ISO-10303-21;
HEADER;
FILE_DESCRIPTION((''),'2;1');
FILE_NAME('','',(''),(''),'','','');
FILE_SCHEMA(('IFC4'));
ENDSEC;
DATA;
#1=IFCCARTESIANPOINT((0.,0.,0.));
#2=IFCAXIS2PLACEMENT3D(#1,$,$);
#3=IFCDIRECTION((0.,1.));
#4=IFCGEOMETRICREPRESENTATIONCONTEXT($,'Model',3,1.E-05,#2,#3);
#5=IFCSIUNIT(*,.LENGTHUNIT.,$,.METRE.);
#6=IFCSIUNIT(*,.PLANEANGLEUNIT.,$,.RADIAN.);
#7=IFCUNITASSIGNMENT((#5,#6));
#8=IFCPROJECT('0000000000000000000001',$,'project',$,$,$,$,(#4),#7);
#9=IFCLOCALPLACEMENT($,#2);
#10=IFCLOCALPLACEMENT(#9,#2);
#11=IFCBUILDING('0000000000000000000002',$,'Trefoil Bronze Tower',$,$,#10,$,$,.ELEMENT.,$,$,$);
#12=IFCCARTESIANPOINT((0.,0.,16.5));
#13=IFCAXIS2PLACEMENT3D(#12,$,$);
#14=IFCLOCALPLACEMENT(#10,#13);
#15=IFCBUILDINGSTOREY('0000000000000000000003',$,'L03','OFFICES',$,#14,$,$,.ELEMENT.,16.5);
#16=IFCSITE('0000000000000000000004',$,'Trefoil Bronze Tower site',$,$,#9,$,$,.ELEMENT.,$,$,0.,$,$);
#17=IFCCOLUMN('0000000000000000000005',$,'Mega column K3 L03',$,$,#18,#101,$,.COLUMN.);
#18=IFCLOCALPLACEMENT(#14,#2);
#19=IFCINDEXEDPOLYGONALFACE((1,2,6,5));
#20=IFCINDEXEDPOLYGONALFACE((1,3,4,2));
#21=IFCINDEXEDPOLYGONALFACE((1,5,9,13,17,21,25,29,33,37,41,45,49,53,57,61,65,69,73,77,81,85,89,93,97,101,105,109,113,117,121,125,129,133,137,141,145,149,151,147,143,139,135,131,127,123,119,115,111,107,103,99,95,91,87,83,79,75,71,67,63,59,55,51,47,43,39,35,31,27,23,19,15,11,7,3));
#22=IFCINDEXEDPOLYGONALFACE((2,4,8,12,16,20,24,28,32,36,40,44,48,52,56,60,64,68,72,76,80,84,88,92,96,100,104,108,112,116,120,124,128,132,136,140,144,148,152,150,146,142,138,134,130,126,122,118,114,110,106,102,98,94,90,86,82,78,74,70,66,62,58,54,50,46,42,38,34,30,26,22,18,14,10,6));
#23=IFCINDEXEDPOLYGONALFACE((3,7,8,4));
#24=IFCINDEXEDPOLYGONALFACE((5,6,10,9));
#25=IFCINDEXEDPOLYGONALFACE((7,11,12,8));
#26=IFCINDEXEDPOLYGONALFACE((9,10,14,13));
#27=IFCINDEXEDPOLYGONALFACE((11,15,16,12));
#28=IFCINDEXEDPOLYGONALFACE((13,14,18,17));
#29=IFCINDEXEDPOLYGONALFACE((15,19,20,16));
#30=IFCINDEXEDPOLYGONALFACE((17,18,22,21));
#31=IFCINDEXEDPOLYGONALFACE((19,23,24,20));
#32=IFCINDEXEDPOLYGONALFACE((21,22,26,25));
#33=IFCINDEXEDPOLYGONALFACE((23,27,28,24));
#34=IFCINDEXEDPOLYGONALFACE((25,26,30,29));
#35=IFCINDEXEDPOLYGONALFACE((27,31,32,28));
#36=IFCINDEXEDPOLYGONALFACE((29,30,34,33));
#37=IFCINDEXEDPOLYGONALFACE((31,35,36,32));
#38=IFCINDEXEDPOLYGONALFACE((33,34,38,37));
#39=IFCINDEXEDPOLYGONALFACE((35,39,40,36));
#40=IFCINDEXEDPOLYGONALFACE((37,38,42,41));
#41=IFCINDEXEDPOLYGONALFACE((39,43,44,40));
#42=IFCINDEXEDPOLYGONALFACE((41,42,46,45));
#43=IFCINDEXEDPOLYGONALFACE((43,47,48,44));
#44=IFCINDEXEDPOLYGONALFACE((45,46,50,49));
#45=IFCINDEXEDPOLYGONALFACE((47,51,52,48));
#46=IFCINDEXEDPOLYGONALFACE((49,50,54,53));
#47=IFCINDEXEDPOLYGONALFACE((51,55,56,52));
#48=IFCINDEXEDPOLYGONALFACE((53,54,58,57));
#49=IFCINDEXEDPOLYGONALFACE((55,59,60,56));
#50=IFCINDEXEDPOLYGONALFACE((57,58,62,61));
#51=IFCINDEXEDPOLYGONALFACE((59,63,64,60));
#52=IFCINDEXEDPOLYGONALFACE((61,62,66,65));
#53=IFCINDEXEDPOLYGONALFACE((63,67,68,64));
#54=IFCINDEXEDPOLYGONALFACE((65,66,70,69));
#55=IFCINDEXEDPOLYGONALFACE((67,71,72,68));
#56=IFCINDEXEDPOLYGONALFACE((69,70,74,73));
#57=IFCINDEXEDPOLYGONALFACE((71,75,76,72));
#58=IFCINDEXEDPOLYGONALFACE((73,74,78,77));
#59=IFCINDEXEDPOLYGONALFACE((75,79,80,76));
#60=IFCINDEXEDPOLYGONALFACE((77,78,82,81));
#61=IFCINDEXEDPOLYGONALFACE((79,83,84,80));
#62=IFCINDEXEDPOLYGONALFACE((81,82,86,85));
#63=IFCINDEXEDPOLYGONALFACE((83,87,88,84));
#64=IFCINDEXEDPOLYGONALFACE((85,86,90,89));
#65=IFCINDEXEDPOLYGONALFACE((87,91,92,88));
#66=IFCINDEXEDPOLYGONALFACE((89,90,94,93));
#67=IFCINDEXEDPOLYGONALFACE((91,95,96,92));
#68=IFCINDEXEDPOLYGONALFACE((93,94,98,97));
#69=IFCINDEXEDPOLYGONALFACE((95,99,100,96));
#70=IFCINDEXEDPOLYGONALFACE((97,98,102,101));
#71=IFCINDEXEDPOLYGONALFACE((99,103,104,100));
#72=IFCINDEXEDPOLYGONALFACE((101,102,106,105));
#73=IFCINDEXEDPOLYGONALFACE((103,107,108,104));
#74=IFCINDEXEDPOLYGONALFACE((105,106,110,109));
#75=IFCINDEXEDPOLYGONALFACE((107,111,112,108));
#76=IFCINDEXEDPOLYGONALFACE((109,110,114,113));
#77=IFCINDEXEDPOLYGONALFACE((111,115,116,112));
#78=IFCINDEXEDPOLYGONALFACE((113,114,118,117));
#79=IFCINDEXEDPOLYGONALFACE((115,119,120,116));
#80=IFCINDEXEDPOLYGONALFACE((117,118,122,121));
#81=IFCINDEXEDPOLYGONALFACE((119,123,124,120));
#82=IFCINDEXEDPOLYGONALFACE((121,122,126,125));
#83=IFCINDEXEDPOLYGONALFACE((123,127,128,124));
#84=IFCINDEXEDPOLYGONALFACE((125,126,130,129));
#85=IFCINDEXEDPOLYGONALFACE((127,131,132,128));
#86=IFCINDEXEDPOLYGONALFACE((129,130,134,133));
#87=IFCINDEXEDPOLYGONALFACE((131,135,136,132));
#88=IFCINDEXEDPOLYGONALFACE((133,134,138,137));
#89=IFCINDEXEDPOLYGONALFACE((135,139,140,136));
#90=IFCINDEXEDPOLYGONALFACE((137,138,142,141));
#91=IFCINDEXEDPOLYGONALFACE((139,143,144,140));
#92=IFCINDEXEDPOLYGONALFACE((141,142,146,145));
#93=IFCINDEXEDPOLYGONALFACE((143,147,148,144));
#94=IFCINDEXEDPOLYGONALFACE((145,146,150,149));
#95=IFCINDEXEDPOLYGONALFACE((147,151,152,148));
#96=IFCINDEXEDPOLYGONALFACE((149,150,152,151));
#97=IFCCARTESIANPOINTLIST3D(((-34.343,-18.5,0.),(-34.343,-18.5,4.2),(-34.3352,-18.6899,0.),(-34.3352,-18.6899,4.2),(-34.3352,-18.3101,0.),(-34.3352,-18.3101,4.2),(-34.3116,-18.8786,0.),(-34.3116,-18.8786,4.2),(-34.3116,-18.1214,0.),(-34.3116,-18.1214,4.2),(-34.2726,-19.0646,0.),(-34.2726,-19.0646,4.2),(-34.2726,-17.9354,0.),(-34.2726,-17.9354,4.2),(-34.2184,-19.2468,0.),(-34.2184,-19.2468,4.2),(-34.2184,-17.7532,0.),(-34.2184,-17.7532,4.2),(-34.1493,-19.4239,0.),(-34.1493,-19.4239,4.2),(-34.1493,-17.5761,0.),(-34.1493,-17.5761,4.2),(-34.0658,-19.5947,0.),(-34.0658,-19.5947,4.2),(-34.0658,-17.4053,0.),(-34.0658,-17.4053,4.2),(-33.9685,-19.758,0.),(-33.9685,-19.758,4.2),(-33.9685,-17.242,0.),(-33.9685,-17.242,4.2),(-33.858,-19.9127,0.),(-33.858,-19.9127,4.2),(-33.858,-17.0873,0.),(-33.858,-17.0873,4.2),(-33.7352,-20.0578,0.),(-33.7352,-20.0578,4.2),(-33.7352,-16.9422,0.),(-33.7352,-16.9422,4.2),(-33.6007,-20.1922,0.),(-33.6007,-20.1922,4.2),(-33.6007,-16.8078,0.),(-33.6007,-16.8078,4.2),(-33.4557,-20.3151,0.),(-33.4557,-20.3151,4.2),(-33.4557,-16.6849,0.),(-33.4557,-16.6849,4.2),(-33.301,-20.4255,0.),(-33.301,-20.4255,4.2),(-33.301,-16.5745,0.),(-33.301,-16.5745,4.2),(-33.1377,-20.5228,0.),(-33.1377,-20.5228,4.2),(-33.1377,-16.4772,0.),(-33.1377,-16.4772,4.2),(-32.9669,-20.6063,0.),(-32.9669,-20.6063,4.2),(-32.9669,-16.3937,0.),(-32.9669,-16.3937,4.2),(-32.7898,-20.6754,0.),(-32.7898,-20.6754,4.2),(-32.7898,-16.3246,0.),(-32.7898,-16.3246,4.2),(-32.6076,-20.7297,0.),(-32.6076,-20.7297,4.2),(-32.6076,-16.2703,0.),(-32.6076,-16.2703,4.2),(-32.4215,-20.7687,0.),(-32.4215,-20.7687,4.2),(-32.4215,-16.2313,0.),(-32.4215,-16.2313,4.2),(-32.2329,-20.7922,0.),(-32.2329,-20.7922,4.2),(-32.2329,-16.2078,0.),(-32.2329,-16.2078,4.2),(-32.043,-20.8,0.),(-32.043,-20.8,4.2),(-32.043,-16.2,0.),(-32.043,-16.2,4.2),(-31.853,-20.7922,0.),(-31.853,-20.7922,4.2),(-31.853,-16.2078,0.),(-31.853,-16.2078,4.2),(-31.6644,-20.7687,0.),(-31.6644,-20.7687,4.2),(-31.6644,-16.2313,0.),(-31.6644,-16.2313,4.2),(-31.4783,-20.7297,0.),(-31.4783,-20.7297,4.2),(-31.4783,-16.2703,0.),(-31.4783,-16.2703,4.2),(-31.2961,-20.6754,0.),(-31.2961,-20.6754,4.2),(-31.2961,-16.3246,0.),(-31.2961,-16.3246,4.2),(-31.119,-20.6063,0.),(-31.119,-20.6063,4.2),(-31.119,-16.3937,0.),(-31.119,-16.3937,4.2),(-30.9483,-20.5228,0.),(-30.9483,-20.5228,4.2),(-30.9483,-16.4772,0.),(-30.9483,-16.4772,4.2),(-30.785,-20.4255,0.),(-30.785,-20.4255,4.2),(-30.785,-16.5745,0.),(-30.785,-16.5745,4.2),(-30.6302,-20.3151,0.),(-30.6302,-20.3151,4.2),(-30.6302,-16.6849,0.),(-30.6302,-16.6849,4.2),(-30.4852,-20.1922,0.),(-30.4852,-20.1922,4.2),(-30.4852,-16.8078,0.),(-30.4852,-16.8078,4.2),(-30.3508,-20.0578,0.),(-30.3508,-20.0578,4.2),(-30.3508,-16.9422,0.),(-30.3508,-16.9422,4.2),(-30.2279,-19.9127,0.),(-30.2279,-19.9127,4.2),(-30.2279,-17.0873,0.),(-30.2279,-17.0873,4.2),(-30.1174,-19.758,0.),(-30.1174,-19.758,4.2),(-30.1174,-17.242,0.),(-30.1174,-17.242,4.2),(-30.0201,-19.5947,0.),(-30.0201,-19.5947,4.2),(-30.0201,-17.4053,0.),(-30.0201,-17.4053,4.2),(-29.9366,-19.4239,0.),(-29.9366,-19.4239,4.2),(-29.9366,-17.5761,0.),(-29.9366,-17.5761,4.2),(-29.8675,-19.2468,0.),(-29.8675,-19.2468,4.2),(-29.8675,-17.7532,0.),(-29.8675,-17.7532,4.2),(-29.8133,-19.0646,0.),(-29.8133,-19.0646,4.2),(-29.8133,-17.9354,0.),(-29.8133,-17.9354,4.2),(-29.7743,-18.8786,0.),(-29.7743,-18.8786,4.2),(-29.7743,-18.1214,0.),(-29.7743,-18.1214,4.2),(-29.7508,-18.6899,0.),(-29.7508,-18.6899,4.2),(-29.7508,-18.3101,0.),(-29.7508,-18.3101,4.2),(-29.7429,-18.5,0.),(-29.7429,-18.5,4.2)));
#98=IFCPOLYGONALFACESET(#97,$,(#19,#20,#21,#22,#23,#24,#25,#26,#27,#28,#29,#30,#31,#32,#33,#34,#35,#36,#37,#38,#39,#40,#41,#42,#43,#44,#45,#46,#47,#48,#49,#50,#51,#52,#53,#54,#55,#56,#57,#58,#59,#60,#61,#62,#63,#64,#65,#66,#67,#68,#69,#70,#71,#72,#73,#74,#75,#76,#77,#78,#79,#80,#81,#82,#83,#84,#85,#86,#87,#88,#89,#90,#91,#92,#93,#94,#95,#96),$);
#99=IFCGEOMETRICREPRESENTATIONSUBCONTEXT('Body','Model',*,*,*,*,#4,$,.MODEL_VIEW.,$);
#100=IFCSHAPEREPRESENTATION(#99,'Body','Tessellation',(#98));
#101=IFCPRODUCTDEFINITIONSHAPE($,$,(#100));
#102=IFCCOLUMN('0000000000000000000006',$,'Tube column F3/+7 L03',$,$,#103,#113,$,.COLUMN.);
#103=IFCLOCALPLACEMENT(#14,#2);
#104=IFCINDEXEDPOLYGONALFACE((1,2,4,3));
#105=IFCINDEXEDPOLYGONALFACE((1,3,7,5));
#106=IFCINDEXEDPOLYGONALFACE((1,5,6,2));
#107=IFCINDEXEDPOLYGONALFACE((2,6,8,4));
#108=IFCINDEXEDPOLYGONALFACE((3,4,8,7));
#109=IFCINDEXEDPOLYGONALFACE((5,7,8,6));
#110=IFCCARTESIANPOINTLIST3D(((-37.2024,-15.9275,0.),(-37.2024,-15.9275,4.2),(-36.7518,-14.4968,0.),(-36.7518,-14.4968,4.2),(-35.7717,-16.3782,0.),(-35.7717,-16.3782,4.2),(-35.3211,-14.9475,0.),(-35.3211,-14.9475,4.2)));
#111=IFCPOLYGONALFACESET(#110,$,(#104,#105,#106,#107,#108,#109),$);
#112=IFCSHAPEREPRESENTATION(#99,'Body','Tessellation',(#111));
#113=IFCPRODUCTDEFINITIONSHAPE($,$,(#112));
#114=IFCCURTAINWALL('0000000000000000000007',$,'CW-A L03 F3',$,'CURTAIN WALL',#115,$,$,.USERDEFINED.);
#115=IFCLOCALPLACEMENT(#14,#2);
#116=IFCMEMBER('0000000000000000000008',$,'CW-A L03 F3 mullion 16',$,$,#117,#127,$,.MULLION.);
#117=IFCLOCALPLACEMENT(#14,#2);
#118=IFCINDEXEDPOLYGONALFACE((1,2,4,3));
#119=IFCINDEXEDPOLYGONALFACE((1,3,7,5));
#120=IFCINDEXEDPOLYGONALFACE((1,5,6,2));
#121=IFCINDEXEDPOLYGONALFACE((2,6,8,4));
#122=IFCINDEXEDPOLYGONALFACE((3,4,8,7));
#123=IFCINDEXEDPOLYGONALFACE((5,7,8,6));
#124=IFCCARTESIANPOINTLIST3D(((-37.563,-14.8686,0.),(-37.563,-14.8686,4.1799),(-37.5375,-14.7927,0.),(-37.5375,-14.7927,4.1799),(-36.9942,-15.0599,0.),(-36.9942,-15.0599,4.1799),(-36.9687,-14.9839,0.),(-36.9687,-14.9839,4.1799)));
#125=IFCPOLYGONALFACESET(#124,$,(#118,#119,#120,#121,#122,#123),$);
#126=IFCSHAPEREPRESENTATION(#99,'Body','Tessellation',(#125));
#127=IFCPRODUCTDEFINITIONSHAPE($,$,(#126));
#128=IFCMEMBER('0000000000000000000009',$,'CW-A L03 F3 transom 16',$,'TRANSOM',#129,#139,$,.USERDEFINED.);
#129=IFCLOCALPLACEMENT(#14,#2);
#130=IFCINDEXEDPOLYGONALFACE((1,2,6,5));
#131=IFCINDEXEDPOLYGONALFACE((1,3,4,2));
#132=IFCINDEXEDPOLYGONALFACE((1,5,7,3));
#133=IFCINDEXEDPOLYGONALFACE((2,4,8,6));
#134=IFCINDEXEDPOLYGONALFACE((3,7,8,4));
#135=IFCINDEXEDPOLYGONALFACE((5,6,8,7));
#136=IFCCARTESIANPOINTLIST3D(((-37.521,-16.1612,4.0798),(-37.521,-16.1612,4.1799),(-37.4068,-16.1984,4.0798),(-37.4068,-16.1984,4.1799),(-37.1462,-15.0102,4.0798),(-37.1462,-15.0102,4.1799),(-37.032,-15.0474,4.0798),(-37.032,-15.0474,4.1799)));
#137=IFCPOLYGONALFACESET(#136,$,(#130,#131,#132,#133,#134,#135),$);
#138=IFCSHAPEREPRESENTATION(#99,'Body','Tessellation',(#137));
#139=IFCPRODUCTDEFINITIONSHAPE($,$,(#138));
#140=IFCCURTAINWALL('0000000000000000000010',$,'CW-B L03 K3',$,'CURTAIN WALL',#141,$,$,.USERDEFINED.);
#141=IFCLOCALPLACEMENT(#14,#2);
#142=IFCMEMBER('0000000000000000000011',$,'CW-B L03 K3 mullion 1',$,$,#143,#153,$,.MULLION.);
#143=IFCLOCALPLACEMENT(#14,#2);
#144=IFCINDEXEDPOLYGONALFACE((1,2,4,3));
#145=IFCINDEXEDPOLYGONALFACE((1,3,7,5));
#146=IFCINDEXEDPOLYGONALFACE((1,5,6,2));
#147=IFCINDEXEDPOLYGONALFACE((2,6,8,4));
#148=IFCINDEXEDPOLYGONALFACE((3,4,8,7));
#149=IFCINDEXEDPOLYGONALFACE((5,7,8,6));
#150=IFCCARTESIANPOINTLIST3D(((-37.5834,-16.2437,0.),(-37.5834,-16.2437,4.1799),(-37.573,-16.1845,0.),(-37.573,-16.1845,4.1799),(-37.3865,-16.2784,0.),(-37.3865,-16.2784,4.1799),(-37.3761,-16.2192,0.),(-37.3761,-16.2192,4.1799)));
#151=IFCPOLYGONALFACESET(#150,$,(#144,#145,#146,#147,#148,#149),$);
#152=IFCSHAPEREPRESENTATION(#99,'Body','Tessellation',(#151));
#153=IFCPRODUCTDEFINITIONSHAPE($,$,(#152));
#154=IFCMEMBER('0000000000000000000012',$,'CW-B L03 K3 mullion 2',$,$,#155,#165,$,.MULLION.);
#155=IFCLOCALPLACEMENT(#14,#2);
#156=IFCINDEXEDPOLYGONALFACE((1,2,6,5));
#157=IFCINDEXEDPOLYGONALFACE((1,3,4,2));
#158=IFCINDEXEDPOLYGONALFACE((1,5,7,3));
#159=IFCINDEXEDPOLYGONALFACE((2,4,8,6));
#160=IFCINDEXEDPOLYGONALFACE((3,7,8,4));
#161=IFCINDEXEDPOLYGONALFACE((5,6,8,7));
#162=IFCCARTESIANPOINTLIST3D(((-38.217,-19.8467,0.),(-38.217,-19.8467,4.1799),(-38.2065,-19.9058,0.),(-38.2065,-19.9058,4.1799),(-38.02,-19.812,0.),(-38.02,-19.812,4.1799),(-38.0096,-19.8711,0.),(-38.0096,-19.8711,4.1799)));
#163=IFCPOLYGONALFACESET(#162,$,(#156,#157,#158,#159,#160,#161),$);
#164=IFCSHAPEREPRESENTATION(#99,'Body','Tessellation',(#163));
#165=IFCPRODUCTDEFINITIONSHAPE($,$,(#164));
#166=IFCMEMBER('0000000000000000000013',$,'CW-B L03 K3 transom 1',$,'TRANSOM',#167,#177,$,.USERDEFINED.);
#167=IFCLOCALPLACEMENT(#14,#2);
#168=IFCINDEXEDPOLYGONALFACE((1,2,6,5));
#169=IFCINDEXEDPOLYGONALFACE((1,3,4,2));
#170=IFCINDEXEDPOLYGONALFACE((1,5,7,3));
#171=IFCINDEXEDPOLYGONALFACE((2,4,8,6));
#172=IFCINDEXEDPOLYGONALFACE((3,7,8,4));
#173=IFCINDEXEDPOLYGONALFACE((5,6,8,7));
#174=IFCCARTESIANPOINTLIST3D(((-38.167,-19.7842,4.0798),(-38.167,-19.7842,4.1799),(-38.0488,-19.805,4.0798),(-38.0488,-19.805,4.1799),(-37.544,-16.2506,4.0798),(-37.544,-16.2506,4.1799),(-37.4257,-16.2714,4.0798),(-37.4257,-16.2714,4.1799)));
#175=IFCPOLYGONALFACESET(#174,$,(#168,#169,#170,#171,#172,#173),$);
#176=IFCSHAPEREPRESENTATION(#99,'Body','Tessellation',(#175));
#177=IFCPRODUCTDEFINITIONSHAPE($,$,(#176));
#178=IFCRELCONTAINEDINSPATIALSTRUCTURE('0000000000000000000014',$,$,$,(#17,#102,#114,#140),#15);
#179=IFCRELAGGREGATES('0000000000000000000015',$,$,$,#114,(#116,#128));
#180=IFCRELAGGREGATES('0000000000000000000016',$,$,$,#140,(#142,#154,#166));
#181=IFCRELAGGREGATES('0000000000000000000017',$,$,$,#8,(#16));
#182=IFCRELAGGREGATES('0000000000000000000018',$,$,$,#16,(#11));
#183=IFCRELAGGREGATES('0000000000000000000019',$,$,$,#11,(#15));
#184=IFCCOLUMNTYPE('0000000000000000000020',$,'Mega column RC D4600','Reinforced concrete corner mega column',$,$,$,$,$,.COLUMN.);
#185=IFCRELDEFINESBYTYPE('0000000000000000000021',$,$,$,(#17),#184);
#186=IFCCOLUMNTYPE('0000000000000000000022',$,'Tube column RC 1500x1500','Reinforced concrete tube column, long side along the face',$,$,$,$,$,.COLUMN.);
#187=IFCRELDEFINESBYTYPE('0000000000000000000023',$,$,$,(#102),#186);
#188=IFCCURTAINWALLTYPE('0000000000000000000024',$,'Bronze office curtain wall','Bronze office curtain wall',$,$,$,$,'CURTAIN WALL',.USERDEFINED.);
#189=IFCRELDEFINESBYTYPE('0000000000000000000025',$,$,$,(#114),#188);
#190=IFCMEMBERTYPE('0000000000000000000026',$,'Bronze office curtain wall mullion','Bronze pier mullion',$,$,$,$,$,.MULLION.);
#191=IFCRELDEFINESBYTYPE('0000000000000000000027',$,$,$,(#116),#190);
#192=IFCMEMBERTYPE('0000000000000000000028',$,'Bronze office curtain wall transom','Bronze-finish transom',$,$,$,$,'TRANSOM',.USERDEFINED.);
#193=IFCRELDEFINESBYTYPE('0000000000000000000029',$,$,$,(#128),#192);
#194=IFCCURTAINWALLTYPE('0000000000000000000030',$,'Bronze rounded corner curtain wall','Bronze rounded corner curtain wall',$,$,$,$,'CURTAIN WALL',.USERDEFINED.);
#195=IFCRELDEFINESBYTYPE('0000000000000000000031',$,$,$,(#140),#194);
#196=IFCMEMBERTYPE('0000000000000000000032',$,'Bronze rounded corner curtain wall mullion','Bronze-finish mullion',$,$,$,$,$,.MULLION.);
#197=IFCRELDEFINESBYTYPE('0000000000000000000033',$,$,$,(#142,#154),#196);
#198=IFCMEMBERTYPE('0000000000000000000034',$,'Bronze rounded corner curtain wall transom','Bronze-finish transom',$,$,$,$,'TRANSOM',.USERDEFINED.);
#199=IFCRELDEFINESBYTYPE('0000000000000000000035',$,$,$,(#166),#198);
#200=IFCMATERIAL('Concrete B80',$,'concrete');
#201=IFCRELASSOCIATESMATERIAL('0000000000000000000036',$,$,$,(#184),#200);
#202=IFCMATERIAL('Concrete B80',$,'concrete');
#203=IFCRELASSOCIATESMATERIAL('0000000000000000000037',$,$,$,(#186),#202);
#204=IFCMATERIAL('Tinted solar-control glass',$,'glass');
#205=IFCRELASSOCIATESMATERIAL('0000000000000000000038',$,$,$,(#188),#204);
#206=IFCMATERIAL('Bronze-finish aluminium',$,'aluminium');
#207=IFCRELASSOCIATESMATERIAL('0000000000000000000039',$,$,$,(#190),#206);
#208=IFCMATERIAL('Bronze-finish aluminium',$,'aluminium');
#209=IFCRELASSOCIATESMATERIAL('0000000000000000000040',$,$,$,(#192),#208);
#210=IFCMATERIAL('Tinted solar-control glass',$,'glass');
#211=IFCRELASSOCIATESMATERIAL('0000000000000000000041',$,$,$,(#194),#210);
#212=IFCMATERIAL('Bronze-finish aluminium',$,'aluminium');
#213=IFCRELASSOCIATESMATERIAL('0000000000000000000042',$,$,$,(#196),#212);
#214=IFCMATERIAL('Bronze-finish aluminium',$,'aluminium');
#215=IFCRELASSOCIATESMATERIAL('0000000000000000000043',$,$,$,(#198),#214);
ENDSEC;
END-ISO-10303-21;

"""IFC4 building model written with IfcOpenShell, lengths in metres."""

from ifc_helpers import new_model, si_unit, direction, frame, origin, origin_2d, place, context, subcontext, project, spatial, rectangle, circle, extrude, material, material_profile, profile_set, type_object, element, aggregate, save


model = new_model("IFC4")

# Units and contexts
model_context = context("Model", 3, precision=1e-05, world=origin(), true_north=direction((0.0, 1.0)))
body_context = subcontext(model_context, "Body", "Model", "MODEL_VIEW")
ifc_project = project(units=[si_unit("LENGTHUNIT", "METRE"), si_unit("PLANEANGLEUNIT", "RADIAN")], contexts=[model_context])

# Site, building, storey
site_placement = place(None, origin())
site = spatial("IfcSite", under=ifc_project, at=site_placement, Name="Trefoil Bronze Tower site", CompositionType="ELEMENT", RefElevation=0.0)
building_placement = place(site_placement, origin())
building = spatial("IfcBuilding", under=site, at=building_placement, Name="Trefoil Bronze Tower", CompositionType="ELEMENT")
storey_placement = place(building_placement, frame((0.0, 0.0, 16.5)))
storey = spatial("IfcBuildingStorey", under=building, at=storey_placement, Name="L03", Description="OFFICES", CompositionType="ELEMENT", Elevation=16.5)

# Columns
ifc_material_1 = material(Name="Concrete B80", Category="concrete")
ifc_material_profile_1 = material_profile(ifc_material_1, circle(Radius=2.3, at=origin_2d()), Name="RC D4600")
ifc_profile_set_1 = profile_set([ifc_material_profile_1], Name="Concrete B80")
column_type_1 = type_object("IfcColumnType", Name="Mega column RC D4600", Description="Reinforced concrete corner mega column", PredefinedType="COLUMN", material=ifc_profile_set_1)
column_1_placement = place(storey_placement, frame((-32.043, -18.5, 0.0), z_axis=(0.0, 0.0, 1.0), x_axis=(1.0, 0.0, 0.0)))
element("IfcColumn", 1, at=column_1_placement, inside=storey, type_object=column_type_1, Name="Mega column K3 L03", PredefinedType="COLUMN", context=body_context, shape_type="SweptSolid", body=[
    extrude(circle(Radius=2.3, at=origin_2d()), origin(), (0.0, 0.0, 1.0), 4.2),
])
ifc_material_2 = material(Name="Concrete B80", Category="concrete")
ifc_material_profile_2 = material_profile(ifc_material_2, rectangle(XDim=1.5, YDim=1.5, at=origin_2d()), Name="RC 1500x1500")
ifc_profile_set_2 = profile_set([ifc_material_profile_2], Name="Concrete B80")
column_type_2 = type_object("IfcColumnType", Name="Tube column RC 1500x1500", Description="Reinforced concrete tube column, long side along the face", PredefinedType="COLUMN", material=ifc_profile_set_2)
column_2_placement = place(storey_placement, frame((-36.2617, -15.4375, 0.0), z_axis=(0.0, 0.0, 1.0), x_axis=(-0.300414, -0.953809, 0.0)))
element("IfcColumn", 2, at=column_2_placement, inside=storey, type_object=column_type_2, Name="Tube column F3/+7 L03", PredefinedType="COLUMN", context=body_context, shape_type="SweptSolid", body=[
    extrude(rectangle(XDim=1.5, YDim=1.5, at=origin_2d()), origin(), (0.0, 0.0, 1.0), 4.2),
])

# Curtain walls, members
ifc_material_3 = material(Name="Tinted solar-control glass", Category="glass")
curtain_wall_type_1 = type_object("IfcCurtainWallType", Name="Bronze office curtain wall", Description="Bronze office curtain wall", ElementType="CURTAIN WALL", PredefinedType="USERDEFINED", material=ifc_material_3)
curtain_wall_1_placement = place(storey_placement, origin())
curtain_wall_1 = element("IfcCurtainWall", 3, at=curtain_wall_1_placement, inside=storey, type_object=curtain_wall_type_1, Name="CW-A L03 F3", ObjectType="CURTAIN WALL", PredefinedType="USERDEFINED")
ifc_material_4 = material(Name="Bronze-finish aluminium", Category="aluminium")
ifc_material_profile_3 = material_profile(ifc_material_4, rectangle(XDim=0.6001, YDim=0.0801, at=origin_2d()), Name="CW-A mullion")
ifc_profile_set_3 = profile_set([ifc_material_profile_3], Name="Bronze-finish aluminium")
member_type_1 = type_object("IfcMemberType", Name="Bronze office curtain wall mullion", Description="Bronze pier mullion", PredefinedType="MULLION", material=ifc_profile_set_3)
member_1_placement = place(storey_placement, frame((-37.2659, -14.9263, 0.0), z_axis=(0.0, 0.0, 1.0), x_axis=(0.947851, -0.318715, 0.0)))
member_1 = element("IfcMember", 4, at=member_1_placement, type_object=member_type_1, Name="CW-A L03 F3 mullion 16", PredefinedType="MULLION", context=body_context, shape_type="SweptSolid", body=[
    extrude(rectangle(XDim=0.6001, YDim=0.0801, at=origin_2d()), origin(), (0.0, 0.0, 1.0), 4.1799),
])
ifc_material_5 = material(Name="Bronze-finish aluminium", Category="aluminium")
ifc_material_profile_4 = material_profile(ifc_material_5, rectangle(XDim=0.1201, YDim=0.1001, at=origin_2d()), Name="CW-A transom")
ifc_profile_set_4 = profile_set([ifc_material_profile_4], Name="Bronze-finish aluminium")
member_type_2 = type_object("IfcMemberType", Name="Bronze office curtain wall transom", Description="Bronze-finish transom", ElementType="TRANSOM", PredefinedType="USERDEFINED", material=ifc_profile_set_4)
member_2_placement = place(storey_placement, frame((-37.0891, -15.0288, 4.1299), z_axis=(-0.309624, -0.950859, 0.0), x_axis=(0.950859, -0.309624, 0.0)))
member_2 = element("IfcMember", 5, at=member_2_placement, type_object=member_type_2, Name="CW-A L03 F3 transom 16", ObjectType="TRANSOM", PredefinedType="USERDEFINED", context=body_context, shape_type="SweptSolid", body=[
    extrude(rectangle(XDim=0.1201, YDim=0.1001, at=origin_2d()), origin(), (0.0, 0.0, 1.0), 1.2104),
])
ifc_material_6 = material(Name="Tinted solar-control glass", Category="glass")
curtain_wall_type_2 = type_object("IfcCurtainWallType", Name="Bronze rounded corner curtain wall", Description="Bronze rounded corner curtain wall", ElementType="CURTAIN WALL", PredefinedType="USERDEFINED", material=ifc_material_6)
curtain_wall_2_placement = place(storey_placement, origin())
curtain_wall_2 = element("IfcCurtainWall", 6, at=curtain_wall_2_placement, inside=storey, type_object=curtain_wall_type_2, Name="CW-B L03 K3", ObjectType="CURTAIN WALL", PredefinedType="USERDEFINED")
ifc_material_7 = material(Name="Bronze-finish aluminium", Category="aluminium")
ifc_material_profile_5 = material_profile(ifc_material_7, rectangle(XDim=0.2, YDim=0.0601, at=origin_2d()), Name="CW-B mullion")
ifc_profile_set_5 = profile_set([ifc_material_profile_5], Name="Bronze-finish aluminium")
member_type_3 = type_object("IfcMemberType", Name="Bronze rounded corner curtain wall mullion", Description="Bronze-finish mullion", PredefinedType="MULLION", material=ifc_profile_set_5)
member_3_placement = place(storey_placement, frame((-37.4797, -16.2314, 0.0), z_axis=(0.0, 0.0, 1.0), x_axis=(0.984808, -0.173648, 0.0)))
member_3 = element("IfcMember", 7, at=member_3_placement, type_object=member_type_3, Name="CW-B L03 K3 mullion 1", PredefinedType="MULLION", context=body_context, shape_type="SweptSolid", body=[
    extrude(rectangle(XDim=0.2, YDim=0.0601, at=origin_2d()), origin(), (0.0, 0.0, 1.0), 4.1799),
])
member_4_placement = place(storey_placement, frame((-38.1133, -19.8589, 0.0), z_axis=(0.0, 0.0, 1.0), x_axis=(0.984808, 0.173648, 0.0)))
member_4 = element("IfcMember", 8, at=member_4_placement, type_object=member_type_3, Name="CW-B L03 K3 mullion 2", PredefinedType="MULLION", context=body_context, shape_type="SweptSolid", body=[
    extrude(rectangle(XDim=0.2, YDim=0.0601, at=origin_2d()), origin(), (0.0, 0.0, 1.0), 4.1799),
])
ifc_material_8 = material(Name="Bronze-finish aluminium", Category="aluminium")
ifc_material_profile_6 = material_profile(ifc_material_8, rectangle(XDim=0.1201, YDim=0.1001, at=origin_2d()), Name="CW-B transom")
ifc_profile_set_6 = profile_set([ifc_material_profile_6], Name="Bronze-finish aluminium")
member_type_4 = type_object("IfcMemberType", Name="Bronze rounded corner curtain wall transom", Description="Bronze-finish transom", ElementType="TRANSOM", PredefinedType="USERDEFINED", material=ifc_profile_set_6)
member_5_placement = place(storey_placement, frame((-37.4849, -16.261, 4.1299), z_axis=(-0.173638, -0.98481, 0.0), x_axis=(0.98481, -0.173638, 0.0)))
member_5 = element("IfcMember", 9, at=member_5_placement, type_object=member_type_4, Name="CW-B L03 K3 transom 1", ObjectType="TRANSOM", PredefinedType="USERDEFINED", context=body_context, shape_type="SweptSolid", body=[
    extrude(rectangle(XDim=0.1201, YDim=0.1001, at=origin_2d()), origin(), (0.0, 0.0, 1.0), 3.5881),
])

aggregate(curtain_wall_1, [member_1, member_2])
aggregate(curtain_wall_2, [member_3, member_4, member_5])

save(model, "model.ifc")
